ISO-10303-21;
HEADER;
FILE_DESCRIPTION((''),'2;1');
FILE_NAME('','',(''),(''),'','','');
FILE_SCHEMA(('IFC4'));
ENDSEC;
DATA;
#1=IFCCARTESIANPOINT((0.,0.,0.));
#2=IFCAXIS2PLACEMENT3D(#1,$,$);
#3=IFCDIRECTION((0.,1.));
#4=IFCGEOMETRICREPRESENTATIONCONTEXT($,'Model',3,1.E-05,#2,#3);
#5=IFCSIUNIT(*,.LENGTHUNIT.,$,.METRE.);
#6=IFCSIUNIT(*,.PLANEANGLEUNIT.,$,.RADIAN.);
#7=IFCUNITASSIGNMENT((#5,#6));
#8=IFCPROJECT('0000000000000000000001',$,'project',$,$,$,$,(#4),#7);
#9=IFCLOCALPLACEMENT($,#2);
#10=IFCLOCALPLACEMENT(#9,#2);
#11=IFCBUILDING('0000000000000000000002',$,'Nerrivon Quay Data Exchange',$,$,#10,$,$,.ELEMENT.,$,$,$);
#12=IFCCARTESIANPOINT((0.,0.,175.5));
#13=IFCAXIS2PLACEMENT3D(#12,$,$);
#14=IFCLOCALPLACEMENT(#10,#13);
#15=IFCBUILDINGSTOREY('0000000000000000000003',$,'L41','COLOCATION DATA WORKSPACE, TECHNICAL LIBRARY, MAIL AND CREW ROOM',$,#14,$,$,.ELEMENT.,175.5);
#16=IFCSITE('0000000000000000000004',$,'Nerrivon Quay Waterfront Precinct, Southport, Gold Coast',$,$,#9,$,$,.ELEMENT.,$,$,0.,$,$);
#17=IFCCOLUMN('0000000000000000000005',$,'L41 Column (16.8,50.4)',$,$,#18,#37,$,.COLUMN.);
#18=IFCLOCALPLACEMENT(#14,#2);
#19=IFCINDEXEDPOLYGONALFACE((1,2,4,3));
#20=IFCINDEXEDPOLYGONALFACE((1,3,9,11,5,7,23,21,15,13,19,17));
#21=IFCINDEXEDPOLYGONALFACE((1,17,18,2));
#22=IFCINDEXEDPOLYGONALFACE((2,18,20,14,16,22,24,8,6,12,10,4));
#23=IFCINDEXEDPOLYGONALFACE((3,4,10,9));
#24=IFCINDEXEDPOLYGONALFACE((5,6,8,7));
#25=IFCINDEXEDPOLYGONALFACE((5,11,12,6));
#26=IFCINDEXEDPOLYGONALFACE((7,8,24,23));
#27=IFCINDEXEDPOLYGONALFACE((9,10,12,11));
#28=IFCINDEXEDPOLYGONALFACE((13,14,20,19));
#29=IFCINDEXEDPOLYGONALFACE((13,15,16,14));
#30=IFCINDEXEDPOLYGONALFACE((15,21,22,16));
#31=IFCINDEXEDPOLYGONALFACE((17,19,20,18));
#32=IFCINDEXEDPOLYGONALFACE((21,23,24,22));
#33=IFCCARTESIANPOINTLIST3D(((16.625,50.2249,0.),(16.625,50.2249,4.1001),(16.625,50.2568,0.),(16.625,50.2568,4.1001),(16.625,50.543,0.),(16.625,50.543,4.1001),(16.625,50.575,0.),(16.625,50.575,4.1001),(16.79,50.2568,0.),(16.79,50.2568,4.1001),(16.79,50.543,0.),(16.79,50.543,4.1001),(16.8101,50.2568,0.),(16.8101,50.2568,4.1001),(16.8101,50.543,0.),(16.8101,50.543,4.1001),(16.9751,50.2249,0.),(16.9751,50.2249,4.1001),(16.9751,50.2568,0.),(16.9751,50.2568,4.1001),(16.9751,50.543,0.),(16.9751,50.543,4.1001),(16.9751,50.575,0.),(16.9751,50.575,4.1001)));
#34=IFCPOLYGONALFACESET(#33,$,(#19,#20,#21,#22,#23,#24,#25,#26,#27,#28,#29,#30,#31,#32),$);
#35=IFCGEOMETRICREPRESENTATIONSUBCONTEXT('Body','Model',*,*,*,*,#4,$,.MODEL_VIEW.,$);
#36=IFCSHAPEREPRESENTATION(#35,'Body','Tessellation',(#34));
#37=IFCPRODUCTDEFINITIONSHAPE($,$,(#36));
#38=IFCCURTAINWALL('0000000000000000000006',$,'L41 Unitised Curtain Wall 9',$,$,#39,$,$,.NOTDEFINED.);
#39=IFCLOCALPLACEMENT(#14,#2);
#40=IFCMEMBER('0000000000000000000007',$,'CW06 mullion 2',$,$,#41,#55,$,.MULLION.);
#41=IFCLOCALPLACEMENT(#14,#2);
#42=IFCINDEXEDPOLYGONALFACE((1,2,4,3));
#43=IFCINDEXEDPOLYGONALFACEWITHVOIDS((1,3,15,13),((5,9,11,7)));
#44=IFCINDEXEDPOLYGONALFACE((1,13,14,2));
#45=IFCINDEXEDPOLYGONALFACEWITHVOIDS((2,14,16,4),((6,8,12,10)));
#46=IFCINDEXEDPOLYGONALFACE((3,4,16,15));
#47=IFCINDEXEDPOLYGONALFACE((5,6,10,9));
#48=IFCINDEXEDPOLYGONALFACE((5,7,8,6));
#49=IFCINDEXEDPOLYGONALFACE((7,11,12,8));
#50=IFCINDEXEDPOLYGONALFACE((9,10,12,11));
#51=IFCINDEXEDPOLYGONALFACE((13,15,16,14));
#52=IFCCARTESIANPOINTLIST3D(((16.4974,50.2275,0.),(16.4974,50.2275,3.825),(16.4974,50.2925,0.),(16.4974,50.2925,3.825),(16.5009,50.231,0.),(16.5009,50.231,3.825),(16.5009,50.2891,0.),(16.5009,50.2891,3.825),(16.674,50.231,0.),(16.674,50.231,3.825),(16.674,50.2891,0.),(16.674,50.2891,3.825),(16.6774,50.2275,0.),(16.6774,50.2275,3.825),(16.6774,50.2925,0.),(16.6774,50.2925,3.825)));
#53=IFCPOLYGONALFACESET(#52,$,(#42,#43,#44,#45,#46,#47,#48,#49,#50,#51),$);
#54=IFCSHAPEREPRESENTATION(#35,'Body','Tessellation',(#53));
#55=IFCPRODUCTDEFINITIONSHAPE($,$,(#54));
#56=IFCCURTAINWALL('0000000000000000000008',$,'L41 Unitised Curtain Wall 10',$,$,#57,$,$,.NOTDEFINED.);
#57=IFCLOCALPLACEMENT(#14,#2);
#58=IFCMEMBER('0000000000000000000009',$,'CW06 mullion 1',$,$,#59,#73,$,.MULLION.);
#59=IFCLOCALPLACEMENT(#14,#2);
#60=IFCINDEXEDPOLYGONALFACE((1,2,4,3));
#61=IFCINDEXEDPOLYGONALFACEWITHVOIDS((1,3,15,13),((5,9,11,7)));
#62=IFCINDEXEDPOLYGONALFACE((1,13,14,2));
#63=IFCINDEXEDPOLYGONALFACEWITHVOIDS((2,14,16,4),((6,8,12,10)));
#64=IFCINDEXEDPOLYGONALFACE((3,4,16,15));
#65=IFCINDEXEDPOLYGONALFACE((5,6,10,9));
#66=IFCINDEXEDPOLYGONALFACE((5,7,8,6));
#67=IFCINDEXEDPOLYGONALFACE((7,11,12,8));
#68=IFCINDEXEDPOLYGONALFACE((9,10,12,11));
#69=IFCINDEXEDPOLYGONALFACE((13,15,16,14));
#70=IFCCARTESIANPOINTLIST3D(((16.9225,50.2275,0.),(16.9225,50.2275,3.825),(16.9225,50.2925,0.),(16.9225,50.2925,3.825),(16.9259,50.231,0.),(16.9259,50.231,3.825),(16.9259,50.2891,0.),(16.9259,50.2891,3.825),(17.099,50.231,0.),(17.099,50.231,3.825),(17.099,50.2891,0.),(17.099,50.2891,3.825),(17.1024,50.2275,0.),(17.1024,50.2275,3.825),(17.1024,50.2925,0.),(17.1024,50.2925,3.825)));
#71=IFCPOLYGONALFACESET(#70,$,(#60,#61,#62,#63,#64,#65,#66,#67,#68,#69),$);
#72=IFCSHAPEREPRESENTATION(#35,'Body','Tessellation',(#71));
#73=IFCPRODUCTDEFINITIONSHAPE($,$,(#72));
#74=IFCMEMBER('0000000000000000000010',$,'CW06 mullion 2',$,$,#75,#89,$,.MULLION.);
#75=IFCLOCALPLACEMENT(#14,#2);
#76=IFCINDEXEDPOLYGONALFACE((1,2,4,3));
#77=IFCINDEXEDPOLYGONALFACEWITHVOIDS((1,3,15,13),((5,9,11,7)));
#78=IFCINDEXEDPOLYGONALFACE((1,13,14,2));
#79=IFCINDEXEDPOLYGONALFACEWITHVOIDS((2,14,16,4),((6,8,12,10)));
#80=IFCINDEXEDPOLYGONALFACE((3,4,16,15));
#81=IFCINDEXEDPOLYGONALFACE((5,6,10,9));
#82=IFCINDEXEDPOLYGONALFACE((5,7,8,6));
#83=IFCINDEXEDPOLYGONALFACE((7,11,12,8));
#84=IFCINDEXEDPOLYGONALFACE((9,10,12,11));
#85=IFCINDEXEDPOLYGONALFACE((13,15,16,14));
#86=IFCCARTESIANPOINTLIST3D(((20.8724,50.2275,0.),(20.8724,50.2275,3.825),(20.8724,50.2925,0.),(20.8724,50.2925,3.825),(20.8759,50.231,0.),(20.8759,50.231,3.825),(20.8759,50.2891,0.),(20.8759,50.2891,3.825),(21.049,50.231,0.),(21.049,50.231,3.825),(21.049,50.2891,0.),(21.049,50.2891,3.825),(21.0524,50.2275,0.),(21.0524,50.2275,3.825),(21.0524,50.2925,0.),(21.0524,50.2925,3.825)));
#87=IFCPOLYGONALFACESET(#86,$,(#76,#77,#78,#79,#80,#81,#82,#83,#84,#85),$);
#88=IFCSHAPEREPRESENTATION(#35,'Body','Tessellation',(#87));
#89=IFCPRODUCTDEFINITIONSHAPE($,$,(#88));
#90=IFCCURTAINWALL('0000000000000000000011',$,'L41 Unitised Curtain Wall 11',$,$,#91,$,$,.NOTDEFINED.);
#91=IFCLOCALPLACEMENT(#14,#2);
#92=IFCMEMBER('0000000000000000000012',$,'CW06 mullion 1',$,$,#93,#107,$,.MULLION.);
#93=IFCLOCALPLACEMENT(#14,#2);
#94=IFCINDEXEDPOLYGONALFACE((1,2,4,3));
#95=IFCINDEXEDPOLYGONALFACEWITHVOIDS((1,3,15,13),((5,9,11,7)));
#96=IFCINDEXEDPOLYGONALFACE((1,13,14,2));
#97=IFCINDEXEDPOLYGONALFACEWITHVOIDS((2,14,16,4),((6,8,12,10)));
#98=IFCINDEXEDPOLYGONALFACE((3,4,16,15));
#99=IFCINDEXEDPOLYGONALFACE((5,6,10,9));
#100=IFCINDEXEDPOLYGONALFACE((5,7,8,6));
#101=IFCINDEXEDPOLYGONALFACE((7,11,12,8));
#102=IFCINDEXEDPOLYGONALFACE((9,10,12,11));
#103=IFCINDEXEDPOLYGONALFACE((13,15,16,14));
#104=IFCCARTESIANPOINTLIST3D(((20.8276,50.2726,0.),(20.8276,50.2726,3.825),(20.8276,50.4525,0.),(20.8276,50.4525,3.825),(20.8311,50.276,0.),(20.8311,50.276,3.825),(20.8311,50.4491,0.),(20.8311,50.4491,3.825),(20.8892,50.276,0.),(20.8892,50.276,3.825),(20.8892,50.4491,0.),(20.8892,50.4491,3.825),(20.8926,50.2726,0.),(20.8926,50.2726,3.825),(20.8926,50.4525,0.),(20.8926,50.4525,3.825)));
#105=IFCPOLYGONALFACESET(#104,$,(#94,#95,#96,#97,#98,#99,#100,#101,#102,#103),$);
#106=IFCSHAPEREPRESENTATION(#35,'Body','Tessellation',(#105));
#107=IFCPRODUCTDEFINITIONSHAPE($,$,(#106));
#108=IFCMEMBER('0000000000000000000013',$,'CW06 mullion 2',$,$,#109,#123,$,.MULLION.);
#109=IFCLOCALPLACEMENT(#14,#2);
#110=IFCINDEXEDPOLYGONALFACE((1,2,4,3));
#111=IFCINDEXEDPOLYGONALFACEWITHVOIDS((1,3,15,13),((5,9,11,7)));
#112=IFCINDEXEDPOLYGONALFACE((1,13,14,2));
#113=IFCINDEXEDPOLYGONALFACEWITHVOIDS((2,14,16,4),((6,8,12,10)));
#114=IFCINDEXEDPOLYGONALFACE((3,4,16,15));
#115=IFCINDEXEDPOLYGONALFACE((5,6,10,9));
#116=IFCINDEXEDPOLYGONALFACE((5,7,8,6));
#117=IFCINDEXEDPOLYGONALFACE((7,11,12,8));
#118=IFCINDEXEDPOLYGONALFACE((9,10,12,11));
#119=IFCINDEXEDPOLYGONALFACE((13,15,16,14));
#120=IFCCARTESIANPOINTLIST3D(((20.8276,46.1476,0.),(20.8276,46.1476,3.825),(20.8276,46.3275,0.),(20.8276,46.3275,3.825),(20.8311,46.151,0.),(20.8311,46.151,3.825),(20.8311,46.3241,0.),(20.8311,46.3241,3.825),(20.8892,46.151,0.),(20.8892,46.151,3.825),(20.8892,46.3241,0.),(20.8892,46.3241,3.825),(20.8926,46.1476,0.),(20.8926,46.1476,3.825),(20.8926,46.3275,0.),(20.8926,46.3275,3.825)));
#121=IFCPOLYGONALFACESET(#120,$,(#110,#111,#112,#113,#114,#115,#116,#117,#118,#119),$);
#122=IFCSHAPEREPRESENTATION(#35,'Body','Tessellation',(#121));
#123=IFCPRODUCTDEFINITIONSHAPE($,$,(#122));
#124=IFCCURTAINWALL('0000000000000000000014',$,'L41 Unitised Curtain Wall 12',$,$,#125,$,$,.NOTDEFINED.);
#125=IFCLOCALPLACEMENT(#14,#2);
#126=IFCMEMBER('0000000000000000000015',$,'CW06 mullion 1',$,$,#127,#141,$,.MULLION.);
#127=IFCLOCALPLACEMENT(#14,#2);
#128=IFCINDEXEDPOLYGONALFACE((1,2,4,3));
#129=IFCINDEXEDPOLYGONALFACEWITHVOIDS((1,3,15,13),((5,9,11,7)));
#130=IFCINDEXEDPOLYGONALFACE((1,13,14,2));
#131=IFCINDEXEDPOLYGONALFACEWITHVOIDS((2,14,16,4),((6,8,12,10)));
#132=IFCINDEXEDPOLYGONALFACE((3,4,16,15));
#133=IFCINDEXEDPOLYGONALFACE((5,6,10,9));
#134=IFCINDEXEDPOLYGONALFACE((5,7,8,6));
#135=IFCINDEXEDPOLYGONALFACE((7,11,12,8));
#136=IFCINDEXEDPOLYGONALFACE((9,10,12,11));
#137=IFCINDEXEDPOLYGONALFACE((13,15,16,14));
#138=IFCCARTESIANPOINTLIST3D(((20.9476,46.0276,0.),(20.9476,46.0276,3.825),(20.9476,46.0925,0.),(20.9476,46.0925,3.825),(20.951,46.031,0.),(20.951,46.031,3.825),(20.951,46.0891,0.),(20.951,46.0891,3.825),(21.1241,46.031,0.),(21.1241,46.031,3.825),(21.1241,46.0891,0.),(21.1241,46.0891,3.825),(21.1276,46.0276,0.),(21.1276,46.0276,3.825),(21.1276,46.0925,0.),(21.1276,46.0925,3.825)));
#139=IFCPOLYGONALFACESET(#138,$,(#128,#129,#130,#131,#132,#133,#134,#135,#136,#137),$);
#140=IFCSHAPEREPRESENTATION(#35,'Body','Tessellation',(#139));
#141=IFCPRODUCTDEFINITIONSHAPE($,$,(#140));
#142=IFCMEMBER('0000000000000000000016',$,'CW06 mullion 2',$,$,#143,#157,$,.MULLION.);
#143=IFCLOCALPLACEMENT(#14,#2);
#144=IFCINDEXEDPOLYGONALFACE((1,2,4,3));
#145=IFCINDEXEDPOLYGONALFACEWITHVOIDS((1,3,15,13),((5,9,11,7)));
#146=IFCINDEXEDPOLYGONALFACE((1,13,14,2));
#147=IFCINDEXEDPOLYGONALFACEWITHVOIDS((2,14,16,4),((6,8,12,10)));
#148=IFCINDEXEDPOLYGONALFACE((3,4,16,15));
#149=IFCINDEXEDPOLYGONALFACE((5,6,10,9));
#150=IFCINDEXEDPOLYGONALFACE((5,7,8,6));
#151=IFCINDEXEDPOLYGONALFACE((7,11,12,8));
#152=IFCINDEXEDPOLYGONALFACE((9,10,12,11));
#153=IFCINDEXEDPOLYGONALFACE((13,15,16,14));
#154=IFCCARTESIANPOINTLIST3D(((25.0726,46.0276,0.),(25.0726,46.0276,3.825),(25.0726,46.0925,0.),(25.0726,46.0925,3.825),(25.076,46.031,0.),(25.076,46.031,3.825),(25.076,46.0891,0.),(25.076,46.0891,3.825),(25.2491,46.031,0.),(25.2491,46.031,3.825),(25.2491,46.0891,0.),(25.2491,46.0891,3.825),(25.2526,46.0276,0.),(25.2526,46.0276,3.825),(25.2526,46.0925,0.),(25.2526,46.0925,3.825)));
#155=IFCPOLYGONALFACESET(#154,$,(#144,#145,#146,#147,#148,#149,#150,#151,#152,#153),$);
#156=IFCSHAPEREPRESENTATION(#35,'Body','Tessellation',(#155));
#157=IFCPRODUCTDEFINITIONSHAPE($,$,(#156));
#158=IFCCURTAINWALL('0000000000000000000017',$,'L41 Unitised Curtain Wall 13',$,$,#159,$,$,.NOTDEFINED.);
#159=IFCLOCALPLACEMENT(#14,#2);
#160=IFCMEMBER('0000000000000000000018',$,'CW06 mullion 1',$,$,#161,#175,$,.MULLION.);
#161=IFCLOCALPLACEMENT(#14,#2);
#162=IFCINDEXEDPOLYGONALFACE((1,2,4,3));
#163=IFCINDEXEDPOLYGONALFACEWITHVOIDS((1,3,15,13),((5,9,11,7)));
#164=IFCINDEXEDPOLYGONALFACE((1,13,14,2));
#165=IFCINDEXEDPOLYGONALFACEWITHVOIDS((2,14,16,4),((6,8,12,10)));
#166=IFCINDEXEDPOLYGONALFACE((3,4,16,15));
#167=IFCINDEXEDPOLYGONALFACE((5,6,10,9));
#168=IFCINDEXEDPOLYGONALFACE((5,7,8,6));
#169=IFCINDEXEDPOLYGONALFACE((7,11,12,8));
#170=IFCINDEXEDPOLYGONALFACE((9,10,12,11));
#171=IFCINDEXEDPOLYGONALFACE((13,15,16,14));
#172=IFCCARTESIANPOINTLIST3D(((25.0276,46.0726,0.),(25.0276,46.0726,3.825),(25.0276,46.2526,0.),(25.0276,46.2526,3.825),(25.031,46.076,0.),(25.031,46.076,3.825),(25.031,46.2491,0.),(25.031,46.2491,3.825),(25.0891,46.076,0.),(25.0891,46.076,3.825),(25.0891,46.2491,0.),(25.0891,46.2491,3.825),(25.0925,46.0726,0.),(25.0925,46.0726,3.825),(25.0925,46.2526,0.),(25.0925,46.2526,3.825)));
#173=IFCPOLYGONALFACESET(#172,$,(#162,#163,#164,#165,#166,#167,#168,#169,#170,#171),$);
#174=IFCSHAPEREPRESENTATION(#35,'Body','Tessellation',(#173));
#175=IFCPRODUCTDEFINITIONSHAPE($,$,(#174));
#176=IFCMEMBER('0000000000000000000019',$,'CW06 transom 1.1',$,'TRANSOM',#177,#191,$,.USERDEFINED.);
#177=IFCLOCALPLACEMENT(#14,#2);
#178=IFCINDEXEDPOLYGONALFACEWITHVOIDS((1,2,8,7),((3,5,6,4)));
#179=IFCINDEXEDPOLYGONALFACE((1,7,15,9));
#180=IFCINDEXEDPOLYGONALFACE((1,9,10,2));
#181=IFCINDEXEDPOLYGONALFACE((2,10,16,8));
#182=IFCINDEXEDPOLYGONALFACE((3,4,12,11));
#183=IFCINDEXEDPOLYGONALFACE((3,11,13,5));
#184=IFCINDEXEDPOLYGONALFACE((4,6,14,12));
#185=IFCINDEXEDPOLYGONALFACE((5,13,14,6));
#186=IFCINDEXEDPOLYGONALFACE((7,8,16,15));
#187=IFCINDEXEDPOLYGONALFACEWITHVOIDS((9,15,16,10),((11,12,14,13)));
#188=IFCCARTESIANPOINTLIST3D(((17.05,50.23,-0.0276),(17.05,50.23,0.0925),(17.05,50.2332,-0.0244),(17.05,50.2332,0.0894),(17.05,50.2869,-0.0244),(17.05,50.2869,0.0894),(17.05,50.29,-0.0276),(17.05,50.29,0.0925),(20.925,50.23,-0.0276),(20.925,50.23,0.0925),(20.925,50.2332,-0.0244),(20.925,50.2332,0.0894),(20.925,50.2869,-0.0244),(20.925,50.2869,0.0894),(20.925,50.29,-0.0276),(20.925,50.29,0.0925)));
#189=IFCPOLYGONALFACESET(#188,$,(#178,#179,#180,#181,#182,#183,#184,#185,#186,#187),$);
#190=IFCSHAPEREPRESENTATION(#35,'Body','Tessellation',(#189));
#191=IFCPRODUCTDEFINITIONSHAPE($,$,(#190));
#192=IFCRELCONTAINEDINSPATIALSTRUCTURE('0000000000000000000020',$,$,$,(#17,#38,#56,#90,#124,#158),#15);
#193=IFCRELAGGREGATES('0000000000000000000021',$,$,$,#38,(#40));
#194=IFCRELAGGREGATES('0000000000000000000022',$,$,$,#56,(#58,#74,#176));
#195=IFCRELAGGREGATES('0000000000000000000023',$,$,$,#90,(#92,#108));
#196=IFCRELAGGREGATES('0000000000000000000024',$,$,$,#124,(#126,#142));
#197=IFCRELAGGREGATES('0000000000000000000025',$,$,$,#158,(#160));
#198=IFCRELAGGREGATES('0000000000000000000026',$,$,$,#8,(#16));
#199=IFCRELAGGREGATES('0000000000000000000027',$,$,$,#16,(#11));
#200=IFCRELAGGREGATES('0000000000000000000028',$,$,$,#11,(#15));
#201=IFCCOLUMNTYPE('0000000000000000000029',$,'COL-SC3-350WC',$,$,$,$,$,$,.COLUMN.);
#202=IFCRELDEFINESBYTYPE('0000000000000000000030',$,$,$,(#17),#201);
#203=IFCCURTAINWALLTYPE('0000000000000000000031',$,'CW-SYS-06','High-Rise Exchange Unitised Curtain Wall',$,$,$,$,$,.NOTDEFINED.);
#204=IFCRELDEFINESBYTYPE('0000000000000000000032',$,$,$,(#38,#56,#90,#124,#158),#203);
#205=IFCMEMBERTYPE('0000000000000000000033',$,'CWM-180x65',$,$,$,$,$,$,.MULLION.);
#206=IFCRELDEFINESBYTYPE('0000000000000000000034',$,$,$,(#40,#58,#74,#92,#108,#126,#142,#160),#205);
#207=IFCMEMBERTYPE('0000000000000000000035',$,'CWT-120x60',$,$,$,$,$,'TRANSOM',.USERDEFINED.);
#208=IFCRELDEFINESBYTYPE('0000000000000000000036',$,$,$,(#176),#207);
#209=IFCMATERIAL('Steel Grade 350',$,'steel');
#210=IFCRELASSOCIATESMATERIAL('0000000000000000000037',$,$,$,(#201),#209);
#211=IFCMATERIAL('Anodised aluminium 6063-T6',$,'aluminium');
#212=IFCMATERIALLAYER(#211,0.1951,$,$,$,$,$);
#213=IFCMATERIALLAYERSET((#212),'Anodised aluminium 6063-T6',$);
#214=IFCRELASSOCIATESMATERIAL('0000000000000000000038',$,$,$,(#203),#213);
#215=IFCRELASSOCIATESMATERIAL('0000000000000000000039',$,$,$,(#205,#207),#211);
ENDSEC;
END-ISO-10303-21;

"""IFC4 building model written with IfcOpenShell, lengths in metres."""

from ifc_helpers import new_model, si_unit, direction, frame, origin, origin_2d, place, context, subcontext, project, spatial, hollow_rectangle, i_section, extrude, material, layer, layer_set, material_profile, profile_set, type_object, element, aggregate, save


model = new_model("IFC4")

# Units and contexts
model_context = context("Model", 3, precision=1e-05, world=origin(), true_north=direction((0.0, 1.0)))
body_context = subcontext(model_context, "Body", "Model", "MODEL_VIEW")
ifc_project = project(units=[si_unit("LENGTHUNIT", "METRE"), si_unit("PLANEANGLEUNIT", "RADIAN")], contexts=[model_context])

# Site, building, storey
site_placement = place(None, origin())
site = spatial("IfcSite", under=ifc_project, at=site_placement, Name="Nerrivon Quay Waterfront Precinct, Southport, Gold Coast", CompositionType="ELEMENT", RefElevation=0.0)
building_placement = place(site_placement, origin())
building = spatial("IfcBuilding", under=site, at=building_placement, Name="Nerrivon Quay Data Exchange", CompositionType="ELEMENT")
storey_placement = place(building_placement, frame((0.0, 0.0, 175.5)))
storey = spatial("IfcBuildingStorey", under=building, at=storey_placement, Name="L41", Description="COLOCATION DATA WORKSPACE, TECHNICAL LIBRARY, MAIL AND CREW ROOM", CompositionType="ELEMENT", Elevation=175.5)

# Column
ifc_material_1 = material(Name="Steel Grade 350", Category="steel")
ifc_material_profile_1 = material_profile(ifc_material_1, i_section(OverallWidth=0.3501, OverallDepth=0.3501, WebThickness=0.02, FlangeThickness=0.032, at=origin_2d()), Name="350WC230")
ifc_profile_set_1 = profile_set([ifc_material_profile_1], Name="Steel Grade 350")
column_type = type_object("IfcColumnType", Name="COL-SC3-350WC", PredefinedType="COLUMN", material=ifc_profile_set_1)
column_placement = place(storey_placement, frame((16.8, 50.3999, 0.0), z_axis=(0.0, 0.0, 1.0), x_axis=(1.0, 0.0, 0.0)))
element("IfcColumn", 1, at=column_placement, inside=storey, type_object=column_type, Name="L41 Column (16.8,50.4)", PredefinedType="COLUMN", context=body_context, shape_type="SweptSolid", body=[
    extrude(i_section(OverallWidth=0.3501, OverallDepth=0.3501, WebThickness=0.02, FlangeThickness=0.032, at=origin_2d()), origin(), (0.0, 0.0, 1.0), 4.1001),
])

# Curtain wall, member
ifc_material_2 = material(Name="Anodised aluminium 6063-T6", Category="aluminium")
ifc_layer_1 = layer(ifc_material_2, 0.1951)
ifc_layer_set_1 = layer_set([ifc_layer_1], Name="Anodised aluminium 6063-T6")
curtain_wall_type = type_object("IfcCurtainWallType", Name="CW-SYS-06", Description="High-Rise Exchange Unitised Curtain Wall", PredefinedType="NOTDEFINED", material=ifc_layer_set_1)
curtain_wall_1_placement = place(storey_placement, origin())
curtain_wall_1 = element("IfcCurtainWall", 2, at=curtain_wall_1_placement, inside=storey, type_object=curtain_wall_type, Name="L41 Unitised Curtain Wall 9", PredefinedType="NOTDEFINED")
ifc_material_profile_2 = material_profile(ifc_material_2, hollow_rectangle(XDim=0.0649, YDim=0.1799, WallThickness=0.0034, at=origin_2d()), Name="ALU-MULL-180x65")
ifc_profile_set_2 = profile_set([ifc_material_profile_2], Name="Anodised aluminium 6063-T6")
member_type_1 = type_object("IfcMemberType", Name="CWM-180x65", PredefinedType="MULLION", material=ifc_profile_set_2)
member_1_placement = place(storey_placement, frame((16.5874, 50.26, 0.0), z_axis=(0.0, 0.0, 1.0), x_axis=(0.0, 1.0, 0.0)))
member_1 = element("IfcMember", 3, at=member_1_placement, type_object=member_type_1, Name="CW06 mullion 2", PredefinedType="MULLION", context=body_context, shape_type="SweptSolid", body=[
    extrude(hollow_rectangle(XDim=0.0649, YDim=0.1799, WallThickness=0.0034, at=origin_2d()), origin(), (0.0, 0.0, 1.0), 3.825),
])
aggregate(curtain_wall_1, [member_1])

# Curtain walls, members
curtain_wall_2_placement = place(storey_placement, origin())
curtain_wall_2 = element("IfcCurtainWall", 4, at=curtain_wall_2_placement, inside=storey, type_object=curtain_wall_type, Name="L41 Unitised Curtain Wall 10", PredefinedType="NOTDEFINED")
member_2_placement = place(storey_placement, frame((17.0125, 50.26, 0.0), z_axis=(0.0, 0.0, 1.0), x_axis=(0.0, 1.0, 0.0)))
member_2 = element("IfcMember", 5, at=member_2_placement, type_object=member_type_1, Name="CW06 mullion 1", PredefinedType="MULLION", context=body_context, shape_type="SweptSolid", body=[
    extrude(hollow_rectangle(XDim=0.0649, YDim=0.1799, WallThickness=0.0034, at=origin_2d()), origin(), (0.0, 0.0, 1.0), 3.825),
])
member_3_placement = place(storey_placement, frame((20.9624, 50.26, 0.0), z_axis=(0.0, 0.0, 1.0), x_axis=(0.0, 1.0, 0.0)))
member_3 = element("IfcMember", 6, at=member_3_placement, type_object=member_type_1, Name="CW06 mullion 2", PredefinedType="MULLION", context=body_context, shape_type="SweptSolid", body=[
    extrude(hollow_rectangle(XDim=0.0649, YDim=0.1799, WallThickness=0.0034, at=origin_2d()), origin(), (0.0, 0.0, 1.0), 3.825),
])
curtain_wall_3_placement = place(storey_placement, origin())
curtain_wall_3 = element("IfcCurtainWall", 7, at=curtain_wall_3_placement, inside=storey, type_object=curtain_wall_type, Name="L41 Unitised Curtain Wall 11", PredefinedType="NOTDEFINED")
member_4_placement = place(storey_placement, frame((20.8601, 50.3625, 0.0), z_axis=(0.0, 0.0, 1.0), x_axis=(1.0, 0.0, 0.0)))
member_4 = element("IfcMember", 8, at=member_4_placement, type_object=member_type_1, Name="CW06 mullion 1", PredefinedType="MULLION", context=body_context, shape_type="SweptSolid", body=[
    extrude(hollow_rectangle(XDim=0.0649, YDim=0.1799, WallThickness=0.0034, at=origin_2d()), origin(), (0.0, 0.0, 1.0), 3.825),
])
member_5_placement = place(storey_placement, frame((20.8601, 46.2375, 0.0), z_axis=(0.0, 0.0, 1.0), x_axis=(1.0, 0.0, 0.0)))
member_5 = element("IfcMember", 9, at=member_5_placement, type_object=member_type_1, Name="CW06 mullion 2", PredefinedType="MULLION", context=body_context, shape_type="SweptSolid", body=[
    extrude(hollow_rectangle(XDim=0.0649, YDim=0.1799, WallThickness=0.0034, at=origin_2d()), origin(), (0.0, 0.0, 1.0), 3.825),
])
curtain_wall_4_placement = place(storey_placement, origin())
curtain_wall_4 = element("IfcCurtainWall", 10, at=curtain_wall_4_placement, inside=storey, type_object=curtain_wall_type, Name="L41 Unitised Curtain Wall 12", PredefinedType="NOTDEFINED")
member_6_placement = place(storey_placement, frame((21.0376, 46.0601, 0.0), z_axis=(0.0, 0.0, 1.0), x_axis=(0.0, 1.0, 0.0)))
member_6 = element("IfcMember", 11, at=member_6_placement, type_object=member_type_1, Name="CW06 mullion 1", PredefinedType="MULLION", context=body_context, shape_type="SweptSolid", body=[
    extrude(hollow_rectangle(XDim=0.0649, YDim=0.1799, WallThickness=0.0034, at=origin_2d()), origin(), (0.0, 0.0, 1.0), 3.825),
])
member_7_placement = place(storey_placement, frame((25.1626, 46.0601, 0.0), z_axis=(0.0, 0.0, 1.0), x_axis=(0.0, 1.0, 0.0)))
member_7 = element("IfcMember", 12, at=member_7_placement, type_object=member_type_1, Name="CW06 mullion 2", PredefinedType="MULLION", context=body_context, shape_type="SweptSolid", body=[
    extrude(hollow_rectangle(XDim=0.0649, YDim=0.1799, WallThickness=0.0034, at=origin_2d()), origin(), (0.0, 0.0, 1.0), 3.825),
])

# Curtain wall, member
curtain_wall_5_placement = place(storey_placement, origin())
curtain_wall_5 = element("IfcCurtainWall", 13, at=curtain_wall_5_placement, inside=storey, type_object=curtain_wall_type, Name="L41 Unitised Curtain Wall 13", PredefinedType="NOTDEFINED")
member_8_placement = place(storey_placement, frame((25.0601, 46.1626, 0.0), z_axis=(0.0, 0.0, 1.0), x_axis=(1.0, 0.0, 0.0)))
member_8 = element("IfcMember", 14, at=member_8_placement, type_object=member_type_1, Name="CW06 mullion 1", PredefinedType="MULLION", context=body_context, shape_type="SweptSolid", body=[
    extrude(hollow_rectangle(XDim=0.0649, YDim=0.1799, WallThickness=0.0034, at=origin_2d()), origin(), (0.0, 0.0, 1.0), 3.825),
])

# Member
ifc_material_profile_3 = material_profile(ifc_material_2, hollow_rectangle(XDim=0.0601, YDim=0.1201, WallThickness=0.0032, at=origin_2d()), Name="ALU-TRAN-120x60")
ifc_profile_set_3 = profile_set([ifc_material_profile_3], Name="Anodised aluminium 6063-T6")
member_type_2 = type_object("IfcMemberType", Name="CWT-120x60", ElementType="TRANSOM", PredefinedType="USERDEFINED", material=ifc_profile_set_3)
member_9_placement = place(storey_placement, frame((17.05, 50.26, 0.0325), z_axis=(1.0, 0.0, 0.0), x_axis=(0.0, 1.0, 0.0)))
member_9 = element("IfcMember", 15, at=member_9_placement, type_object=member_type_2, Name="CW06 transom 1.1", ObjectType="TRANSOM", PredefinedType="USERDEFINED", context=body_context, shape_type="SweptSolid", body=[
    extrude(hollow_rectangle(XDim=0.0601, YDim=0.1201, WallThickness=0.0032, at=origin_2d()), origin(), (0.0, 0.0, 1.0), 3.875),
])

aggregate(curtain_wall_2, [member_2, member_3, member_9])
aggregate(curtain_wall_3, [member_4, member_5])
aggregate(curtain_wall_4, [member_6, member_7])
aggregate(curtain_wall_5, [member_8])

save(model, "model.ifc")
